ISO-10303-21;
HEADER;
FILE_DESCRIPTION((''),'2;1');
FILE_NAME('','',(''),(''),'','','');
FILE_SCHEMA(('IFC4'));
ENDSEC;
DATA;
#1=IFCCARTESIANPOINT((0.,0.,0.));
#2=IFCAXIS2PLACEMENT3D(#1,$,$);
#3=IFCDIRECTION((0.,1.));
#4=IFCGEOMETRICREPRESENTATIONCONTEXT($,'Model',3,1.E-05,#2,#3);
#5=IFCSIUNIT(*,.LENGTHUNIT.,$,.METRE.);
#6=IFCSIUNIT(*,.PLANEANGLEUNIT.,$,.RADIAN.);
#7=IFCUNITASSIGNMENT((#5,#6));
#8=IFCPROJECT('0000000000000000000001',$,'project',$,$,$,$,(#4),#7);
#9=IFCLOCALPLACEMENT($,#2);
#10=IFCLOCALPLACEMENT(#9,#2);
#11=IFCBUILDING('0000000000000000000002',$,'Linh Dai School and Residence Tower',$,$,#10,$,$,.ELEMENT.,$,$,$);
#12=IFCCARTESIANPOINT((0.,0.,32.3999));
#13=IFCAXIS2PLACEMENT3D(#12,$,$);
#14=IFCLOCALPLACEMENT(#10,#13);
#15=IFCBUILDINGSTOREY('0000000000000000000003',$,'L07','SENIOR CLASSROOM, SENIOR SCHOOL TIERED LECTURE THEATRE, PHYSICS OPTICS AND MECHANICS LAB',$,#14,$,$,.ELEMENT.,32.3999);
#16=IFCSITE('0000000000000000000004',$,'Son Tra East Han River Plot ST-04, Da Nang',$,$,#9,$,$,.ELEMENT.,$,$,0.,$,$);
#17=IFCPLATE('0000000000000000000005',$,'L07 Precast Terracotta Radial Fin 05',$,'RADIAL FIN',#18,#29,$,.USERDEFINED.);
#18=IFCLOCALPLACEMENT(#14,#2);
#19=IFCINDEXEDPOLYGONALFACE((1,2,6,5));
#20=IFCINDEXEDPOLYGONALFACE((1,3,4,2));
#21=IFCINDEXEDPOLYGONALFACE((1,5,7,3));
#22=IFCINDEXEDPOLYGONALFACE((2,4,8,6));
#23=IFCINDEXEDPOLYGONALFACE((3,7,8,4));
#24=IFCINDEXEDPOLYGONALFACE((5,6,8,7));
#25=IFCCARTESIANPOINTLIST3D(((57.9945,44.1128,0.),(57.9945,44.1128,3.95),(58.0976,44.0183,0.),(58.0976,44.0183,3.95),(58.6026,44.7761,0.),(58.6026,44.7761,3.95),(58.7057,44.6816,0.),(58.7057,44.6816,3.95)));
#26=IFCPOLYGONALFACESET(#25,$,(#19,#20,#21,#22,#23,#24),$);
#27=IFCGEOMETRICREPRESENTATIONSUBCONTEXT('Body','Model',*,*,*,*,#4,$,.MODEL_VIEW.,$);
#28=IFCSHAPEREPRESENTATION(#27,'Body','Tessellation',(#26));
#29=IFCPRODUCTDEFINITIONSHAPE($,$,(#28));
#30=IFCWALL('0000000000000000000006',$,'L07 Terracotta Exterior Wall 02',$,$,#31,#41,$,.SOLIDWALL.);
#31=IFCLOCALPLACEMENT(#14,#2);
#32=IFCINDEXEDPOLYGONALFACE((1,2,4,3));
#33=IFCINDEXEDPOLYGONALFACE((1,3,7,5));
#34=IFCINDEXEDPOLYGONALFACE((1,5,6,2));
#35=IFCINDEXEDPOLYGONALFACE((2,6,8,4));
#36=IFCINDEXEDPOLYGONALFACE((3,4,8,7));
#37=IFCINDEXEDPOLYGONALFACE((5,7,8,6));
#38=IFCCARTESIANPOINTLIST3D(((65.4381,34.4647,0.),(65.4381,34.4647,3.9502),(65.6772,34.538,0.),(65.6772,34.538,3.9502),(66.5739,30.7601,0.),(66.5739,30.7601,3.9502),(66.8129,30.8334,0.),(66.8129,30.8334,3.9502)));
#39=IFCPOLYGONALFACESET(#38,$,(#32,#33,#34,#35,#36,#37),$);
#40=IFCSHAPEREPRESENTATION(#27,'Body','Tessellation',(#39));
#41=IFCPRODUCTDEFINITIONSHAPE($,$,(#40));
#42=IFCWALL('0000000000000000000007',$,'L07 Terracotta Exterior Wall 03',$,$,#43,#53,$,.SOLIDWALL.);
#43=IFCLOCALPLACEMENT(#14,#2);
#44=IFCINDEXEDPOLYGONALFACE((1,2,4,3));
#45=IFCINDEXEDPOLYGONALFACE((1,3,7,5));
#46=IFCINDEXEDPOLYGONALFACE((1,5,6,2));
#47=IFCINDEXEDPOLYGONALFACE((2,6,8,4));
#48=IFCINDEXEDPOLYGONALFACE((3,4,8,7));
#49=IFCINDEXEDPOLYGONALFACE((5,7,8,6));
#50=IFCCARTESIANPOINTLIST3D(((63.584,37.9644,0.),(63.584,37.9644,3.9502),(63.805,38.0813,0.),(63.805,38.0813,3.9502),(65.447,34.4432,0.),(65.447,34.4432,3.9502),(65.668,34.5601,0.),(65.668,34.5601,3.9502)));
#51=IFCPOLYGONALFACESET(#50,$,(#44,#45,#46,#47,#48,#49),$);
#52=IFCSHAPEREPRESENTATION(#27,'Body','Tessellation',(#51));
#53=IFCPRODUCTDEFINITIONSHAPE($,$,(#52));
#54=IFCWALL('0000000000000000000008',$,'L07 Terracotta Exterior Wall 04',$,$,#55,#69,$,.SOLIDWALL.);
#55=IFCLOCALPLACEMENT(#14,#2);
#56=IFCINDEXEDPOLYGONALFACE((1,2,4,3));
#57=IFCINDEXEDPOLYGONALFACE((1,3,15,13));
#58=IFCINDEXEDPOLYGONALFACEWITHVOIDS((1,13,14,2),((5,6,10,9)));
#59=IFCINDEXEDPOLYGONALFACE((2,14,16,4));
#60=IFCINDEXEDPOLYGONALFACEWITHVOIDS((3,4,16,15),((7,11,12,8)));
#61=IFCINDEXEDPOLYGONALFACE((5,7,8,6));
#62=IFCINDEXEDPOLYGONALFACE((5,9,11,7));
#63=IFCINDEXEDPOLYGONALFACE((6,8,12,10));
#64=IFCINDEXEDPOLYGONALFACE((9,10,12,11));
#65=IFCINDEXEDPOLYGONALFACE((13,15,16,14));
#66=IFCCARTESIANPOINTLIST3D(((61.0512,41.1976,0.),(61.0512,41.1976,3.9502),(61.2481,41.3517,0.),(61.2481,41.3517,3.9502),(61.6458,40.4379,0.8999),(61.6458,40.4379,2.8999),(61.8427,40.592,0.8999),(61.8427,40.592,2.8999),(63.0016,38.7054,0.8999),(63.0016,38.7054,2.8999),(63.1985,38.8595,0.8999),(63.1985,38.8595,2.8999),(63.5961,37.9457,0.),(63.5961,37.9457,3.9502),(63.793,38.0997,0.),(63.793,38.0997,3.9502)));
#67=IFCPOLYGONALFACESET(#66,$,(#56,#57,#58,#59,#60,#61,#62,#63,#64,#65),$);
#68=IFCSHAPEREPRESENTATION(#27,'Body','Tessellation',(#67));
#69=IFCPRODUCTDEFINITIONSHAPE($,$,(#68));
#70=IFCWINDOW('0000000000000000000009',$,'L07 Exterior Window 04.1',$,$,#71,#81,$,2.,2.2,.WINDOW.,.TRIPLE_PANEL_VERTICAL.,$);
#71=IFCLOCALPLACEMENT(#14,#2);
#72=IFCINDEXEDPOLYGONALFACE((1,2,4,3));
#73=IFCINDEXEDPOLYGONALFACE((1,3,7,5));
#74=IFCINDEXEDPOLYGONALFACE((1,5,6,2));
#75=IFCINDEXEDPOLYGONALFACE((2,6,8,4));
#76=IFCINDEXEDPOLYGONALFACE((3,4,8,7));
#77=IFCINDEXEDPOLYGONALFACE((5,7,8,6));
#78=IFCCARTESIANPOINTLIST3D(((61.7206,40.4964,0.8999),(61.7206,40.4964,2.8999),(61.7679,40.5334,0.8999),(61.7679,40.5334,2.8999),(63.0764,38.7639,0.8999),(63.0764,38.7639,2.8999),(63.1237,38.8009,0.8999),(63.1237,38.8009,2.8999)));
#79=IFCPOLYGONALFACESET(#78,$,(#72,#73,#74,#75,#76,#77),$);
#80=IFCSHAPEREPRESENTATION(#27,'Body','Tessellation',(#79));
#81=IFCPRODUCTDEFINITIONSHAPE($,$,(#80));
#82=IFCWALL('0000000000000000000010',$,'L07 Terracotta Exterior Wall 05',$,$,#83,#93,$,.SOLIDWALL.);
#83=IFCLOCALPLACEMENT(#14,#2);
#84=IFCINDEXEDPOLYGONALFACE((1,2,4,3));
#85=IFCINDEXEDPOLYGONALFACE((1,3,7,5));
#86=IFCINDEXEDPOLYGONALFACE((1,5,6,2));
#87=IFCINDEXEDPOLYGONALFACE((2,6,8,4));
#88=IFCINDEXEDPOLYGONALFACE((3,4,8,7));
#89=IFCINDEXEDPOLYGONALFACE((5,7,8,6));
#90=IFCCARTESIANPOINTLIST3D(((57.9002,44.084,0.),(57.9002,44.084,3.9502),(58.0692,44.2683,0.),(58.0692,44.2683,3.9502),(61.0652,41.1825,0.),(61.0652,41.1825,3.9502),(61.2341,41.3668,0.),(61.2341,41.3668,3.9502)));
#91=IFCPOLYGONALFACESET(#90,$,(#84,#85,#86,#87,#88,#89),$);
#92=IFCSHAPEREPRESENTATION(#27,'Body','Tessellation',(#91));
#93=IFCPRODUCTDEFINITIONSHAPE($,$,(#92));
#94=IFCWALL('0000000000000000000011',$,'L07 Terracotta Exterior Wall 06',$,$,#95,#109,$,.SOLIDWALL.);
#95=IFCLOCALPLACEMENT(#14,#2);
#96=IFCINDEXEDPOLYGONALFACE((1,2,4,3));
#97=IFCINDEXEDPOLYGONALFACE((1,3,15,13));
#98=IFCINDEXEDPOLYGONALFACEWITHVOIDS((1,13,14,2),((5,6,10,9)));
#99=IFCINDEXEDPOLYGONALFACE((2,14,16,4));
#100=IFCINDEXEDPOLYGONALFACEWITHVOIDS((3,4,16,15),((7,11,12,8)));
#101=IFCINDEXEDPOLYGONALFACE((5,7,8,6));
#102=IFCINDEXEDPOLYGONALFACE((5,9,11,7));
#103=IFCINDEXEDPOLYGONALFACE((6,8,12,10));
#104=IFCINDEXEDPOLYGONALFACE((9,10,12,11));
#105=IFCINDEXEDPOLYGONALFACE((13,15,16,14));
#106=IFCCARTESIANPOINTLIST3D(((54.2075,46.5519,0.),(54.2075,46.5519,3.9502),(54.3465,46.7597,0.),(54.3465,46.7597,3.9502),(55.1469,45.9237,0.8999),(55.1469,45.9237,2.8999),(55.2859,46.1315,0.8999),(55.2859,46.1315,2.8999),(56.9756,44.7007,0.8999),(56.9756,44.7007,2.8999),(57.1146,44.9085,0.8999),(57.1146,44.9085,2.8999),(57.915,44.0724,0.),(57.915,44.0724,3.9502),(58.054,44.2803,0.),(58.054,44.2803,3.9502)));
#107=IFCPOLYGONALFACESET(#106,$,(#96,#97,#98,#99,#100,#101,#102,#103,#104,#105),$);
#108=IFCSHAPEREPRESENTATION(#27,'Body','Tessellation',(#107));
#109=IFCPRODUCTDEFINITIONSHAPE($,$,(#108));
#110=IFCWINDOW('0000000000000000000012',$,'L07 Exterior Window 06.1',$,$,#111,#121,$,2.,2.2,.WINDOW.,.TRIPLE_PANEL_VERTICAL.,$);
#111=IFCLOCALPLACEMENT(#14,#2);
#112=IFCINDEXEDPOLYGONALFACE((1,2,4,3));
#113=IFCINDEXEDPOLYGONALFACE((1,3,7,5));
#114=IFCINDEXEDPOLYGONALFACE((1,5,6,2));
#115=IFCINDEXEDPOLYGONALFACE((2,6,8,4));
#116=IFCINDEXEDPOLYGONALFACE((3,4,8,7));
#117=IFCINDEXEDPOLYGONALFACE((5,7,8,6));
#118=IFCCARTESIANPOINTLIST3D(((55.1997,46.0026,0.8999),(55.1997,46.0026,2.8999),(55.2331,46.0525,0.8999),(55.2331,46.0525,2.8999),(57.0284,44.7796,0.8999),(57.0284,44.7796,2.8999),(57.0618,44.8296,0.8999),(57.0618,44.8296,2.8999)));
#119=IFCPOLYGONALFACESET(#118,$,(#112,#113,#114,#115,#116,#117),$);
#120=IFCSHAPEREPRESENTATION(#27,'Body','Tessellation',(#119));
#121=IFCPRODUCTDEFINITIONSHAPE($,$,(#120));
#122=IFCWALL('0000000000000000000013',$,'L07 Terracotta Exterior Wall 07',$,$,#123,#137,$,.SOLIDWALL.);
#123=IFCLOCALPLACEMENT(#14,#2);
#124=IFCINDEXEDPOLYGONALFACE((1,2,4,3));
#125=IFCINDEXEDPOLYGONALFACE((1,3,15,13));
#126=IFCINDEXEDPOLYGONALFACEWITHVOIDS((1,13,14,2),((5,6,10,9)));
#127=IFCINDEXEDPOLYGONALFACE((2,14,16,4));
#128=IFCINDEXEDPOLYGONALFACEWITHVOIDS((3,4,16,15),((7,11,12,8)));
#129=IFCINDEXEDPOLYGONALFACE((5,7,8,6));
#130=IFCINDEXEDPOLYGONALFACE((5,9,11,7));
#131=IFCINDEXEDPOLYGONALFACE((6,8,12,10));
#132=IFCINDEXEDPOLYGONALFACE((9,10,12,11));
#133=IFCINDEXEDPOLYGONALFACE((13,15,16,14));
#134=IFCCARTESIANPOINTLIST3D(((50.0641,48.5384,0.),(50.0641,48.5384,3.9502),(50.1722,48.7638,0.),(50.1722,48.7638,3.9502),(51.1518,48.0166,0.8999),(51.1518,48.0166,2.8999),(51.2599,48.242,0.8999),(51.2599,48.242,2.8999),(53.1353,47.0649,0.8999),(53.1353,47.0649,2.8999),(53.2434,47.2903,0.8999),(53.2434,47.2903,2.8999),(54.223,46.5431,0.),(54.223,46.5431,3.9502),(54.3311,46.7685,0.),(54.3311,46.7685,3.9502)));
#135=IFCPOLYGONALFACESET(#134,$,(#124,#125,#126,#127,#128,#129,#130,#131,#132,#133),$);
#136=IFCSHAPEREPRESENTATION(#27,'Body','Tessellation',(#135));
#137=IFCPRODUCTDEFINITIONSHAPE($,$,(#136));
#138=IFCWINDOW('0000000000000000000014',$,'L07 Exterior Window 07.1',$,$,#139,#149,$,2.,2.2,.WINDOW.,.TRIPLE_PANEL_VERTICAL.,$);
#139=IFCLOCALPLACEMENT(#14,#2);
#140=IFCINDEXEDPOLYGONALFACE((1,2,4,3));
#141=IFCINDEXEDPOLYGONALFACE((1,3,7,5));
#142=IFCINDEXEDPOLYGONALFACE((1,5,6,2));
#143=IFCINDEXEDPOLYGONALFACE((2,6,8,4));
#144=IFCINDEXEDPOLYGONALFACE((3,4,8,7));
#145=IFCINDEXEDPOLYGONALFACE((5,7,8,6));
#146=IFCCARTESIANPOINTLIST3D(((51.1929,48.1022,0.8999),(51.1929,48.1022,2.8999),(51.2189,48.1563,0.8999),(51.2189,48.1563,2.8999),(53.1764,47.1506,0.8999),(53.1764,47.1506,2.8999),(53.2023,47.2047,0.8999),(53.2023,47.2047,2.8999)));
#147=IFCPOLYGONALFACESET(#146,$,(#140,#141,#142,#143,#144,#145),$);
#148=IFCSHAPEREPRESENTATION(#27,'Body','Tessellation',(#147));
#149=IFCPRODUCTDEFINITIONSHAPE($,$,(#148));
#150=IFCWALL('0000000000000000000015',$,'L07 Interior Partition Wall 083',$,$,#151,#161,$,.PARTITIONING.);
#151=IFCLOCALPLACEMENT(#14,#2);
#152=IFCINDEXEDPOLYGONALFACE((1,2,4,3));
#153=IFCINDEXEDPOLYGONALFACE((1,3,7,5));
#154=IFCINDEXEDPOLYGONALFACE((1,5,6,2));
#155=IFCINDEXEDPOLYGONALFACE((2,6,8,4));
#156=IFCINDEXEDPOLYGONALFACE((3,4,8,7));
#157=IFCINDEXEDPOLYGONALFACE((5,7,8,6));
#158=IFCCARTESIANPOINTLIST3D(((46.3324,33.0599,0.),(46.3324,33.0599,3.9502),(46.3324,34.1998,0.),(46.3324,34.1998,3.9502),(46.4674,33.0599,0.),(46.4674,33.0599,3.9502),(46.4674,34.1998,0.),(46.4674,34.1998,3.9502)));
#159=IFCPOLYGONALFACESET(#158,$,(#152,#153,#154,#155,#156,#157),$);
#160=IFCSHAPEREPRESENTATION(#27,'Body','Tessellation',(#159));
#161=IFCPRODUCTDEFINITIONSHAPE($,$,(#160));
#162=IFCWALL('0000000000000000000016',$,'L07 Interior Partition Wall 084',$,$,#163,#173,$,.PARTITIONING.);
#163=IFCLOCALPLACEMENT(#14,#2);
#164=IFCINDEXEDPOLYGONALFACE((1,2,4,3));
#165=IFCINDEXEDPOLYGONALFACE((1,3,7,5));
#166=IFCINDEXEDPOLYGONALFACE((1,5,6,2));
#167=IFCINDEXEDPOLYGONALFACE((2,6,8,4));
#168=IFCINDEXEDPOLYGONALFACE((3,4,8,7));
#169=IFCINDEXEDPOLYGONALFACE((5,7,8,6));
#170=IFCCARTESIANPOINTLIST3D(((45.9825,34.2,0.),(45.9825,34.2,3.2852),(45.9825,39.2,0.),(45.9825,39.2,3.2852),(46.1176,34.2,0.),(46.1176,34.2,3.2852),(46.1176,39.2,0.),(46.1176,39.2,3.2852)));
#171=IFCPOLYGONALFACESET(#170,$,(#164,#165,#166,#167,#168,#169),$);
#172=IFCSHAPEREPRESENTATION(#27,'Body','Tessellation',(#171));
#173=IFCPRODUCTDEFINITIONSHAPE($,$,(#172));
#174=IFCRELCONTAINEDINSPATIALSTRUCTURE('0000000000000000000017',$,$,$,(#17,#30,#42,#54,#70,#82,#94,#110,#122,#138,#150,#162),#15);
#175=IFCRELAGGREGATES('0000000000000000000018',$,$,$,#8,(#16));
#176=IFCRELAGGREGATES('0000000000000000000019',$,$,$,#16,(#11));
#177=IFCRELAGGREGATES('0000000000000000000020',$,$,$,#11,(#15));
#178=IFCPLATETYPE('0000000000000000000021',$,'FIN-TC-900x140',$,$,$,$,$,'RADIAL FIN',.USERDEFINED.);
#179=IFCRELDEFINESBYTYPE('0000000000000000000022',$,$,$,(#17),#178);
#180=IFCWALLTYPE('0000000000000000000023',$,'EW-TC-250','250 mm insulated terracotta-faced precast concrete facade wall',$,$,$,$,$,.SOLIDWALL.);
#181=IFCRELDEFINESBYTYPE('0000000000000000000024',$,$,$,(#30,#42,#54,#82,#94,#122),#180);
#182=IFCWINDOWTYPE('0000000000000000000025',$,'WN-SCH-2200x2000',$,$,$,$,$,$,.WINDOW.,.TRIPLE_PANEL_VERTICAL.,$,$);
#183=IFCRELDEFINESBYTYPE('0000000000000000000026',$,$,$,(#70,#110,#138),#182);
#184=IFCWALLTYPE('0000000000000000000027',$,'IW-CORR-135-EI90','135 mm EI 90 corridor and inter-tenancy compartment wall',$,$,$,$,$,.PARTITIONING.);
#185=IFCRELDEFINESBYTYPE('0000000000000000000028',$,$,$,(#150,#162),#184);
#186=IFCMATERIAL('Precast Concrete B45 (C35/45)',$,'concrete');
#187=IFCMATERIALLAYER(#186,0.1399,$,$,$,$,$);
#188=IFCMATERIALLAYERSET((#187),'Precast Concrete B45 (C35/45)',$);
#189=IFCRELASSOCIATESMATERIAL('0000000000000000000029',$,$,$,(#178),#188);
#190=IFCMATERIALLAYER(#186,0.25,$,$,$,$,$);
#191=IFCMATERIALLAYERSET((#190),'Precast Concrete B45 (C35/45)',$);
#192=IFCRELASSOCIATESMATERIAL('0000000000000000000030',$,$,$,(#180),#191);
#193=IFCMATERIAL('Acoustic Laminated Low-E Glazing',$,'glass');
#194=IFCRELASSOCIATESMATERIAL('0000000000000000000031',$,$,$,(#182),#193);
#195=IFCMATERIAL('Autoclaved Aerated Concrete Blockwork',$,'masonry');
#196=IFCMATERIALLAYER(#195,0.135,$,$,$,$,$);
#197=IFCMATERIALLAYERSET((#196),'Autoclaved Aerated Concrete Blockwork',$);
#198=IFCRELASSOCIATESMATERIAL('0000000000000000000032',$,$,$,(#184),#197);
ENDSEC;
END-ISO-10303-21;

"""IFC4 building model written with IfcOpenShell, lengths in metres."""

from ifc_helpers import new_model, si_unit, direction, frame, frame_2d, origin, origin_2d, place, context, subcontext, project, spatial, rectangle, extrude, source, transform, mapped, material, layer, layer_set, type_object, element, fill, save


model = new_model("IFC4")

# Units and contexts
model_context = context("Model", 3, precision=1e-05, world=origin(), true_north=direction((0.0, 1.0)))
body_context = subcontext(model_context, "Body", "Model", "MODEL_VIEW")
ifc_project = project(units=[si_unit("LENGTHUNIT", "METRE"), si_unit("PLANEANGLEUNIT", "RADIAN")], contexts=[model_context])

# Site, building, storey
site_placement = place(None, origin())
site = spatial("IfcSite", under=ifc_project, at=site_placement, Name="Son Tra East Han River Plot ST-04, Da Nang", CompositionType="ELEMENT", RefElevation=0.0)
building_placement = place(site_placement, origin())
building = spatial("IfcBuilding", under=site, at=building_placement, Name="Linh Dai School and Residence Tower", CompositionType="ELEMENT")
storey_placement = place(building_placement, frame((0.0, 0.0, 32.3999)))
storey = spatial("IfcBuildingStorey", under=building, at=storey_placement, Name="L07", Description="SENIOR CLASSROOM, SENIOR SCHOOL TIERED LECTURE THEATRE, PHYSICS OPTICS AND MECHANICS LAB", CompositionType="ELEMENT", Elevation=32.3999)

# Plate
ifc_material_1 = material(Name="Precast Concrete B45 (C35/45)", Category="concrete")
ifc_layer_1 = layer(ifc_material_1, 0.1399)
ifc_layer_set_1 = layer_set([ifc_layer_1], Name="Precast Concrete B45 (C35/45)")
plate_type_1 = type_object("IfcPlateType", Name="FIN-TC-900x140", ElementType="RADIAL FIN", PredefinedType="USERDEFINED", material=ifc_layer_set_1)
shared_shape_1 = source(origin(), body_context, "Body", "SweptSolid", [
    extrude(rectangle(XDim=0.8999, YDim=0.1399, at=origin_2d()), origin(), (0.0, 0.0, 1.0), 3.95),
])
plate_placement = place(storey_placement, frame((58.3501, 44.3972, 0.0), z_axis=(0.0, 0.0, 1.0), x_axis=(0.675769, 0.737113, 0.0)))
element("IfcPlate", 1, at=plate_placement, inside=storey, type_object=plate_type_1, Name="L07 Precast Terracotta Radial Fin 05", ObjectType="RADIAL FIN", PredefinedType="USERDEFINED", context=body_context, shape_type="MappedRepresentation", body=[
    mapped(shared_shape_1, transform((0.0, 0.0, 0.0), x_axis=(1.0, 0.0, 0.0), y_axis=(0.0, 1.0, 0.0), z_axis=(0.0, 0.0, 1.0), scale=1.0)),
])

# Walls
ifc_layer_2 = layer(ifc_material_1, 0.25)
ifc_layer_set_2 = layer_set([ifc_layer_2], Name="Precast Concrete B45 (C35/45)")
wall_type_1 = type_object("IfcWallType", Name="EW-TC-250", Description="250 mm insulated terracotta-faced precast concrete facade wall", PredefinedType="SOLIDWALL", material=ifc_layer_set_2)
wall_1_placement = place(storey_placement, frame((65.5576, 34.5015, 0.0), z_axis=(0.0, 0.0, 1.0), x_axis=(0.293112, -0.956078, 0.0)))
element("IfcWall", 2, at=wall_1_placement, inside=storey, type_object=wall_type_1, Name="L07 Terracotta Exterior Wall 02", PredefinedType="SOLIDWALL", context=body_context, shape_type="SweptSolid", body=[
    extrude(rectangle(XDim=3.8748, YDim=0.25, at=frame_2d((1.9375, 0.0))), origin(), (0.0, 0.0, 1.0), 3.9502),
])
wall_2_placement = place(storey_placement, frame((63.6946, 38.0227, 0.0), z_axis=(0.0, 0.0, 1.0), x_axis=(0.467662, -0.883907, 0.0)))
element("IfcWall", 3, at=wall_2_placement, inside=storey, type_object=wall_type_1, Name="L07 Terracotta Exterior Wall 03", PredefinedType="SOLIDWALL", context=body_context, shape_type="SweptSolid", body=[
    extrude(rectangle(XDim=3.9836, YDim=0.25, at=frame_2d((1.9917, 0.0))), origin(), (0.0, 0.0, 1.0), 3.9502),
])

# Wall, opening, window
wall_3_placement = place(storey_placement, frame((61.1497, 41.2747, 0.0), z_axis=(0.0, 0.0, 1.0), x_axis=(0.616296, -0.787515, 0.0)))
wall_3 = element("IfcWall", 4, at=wall_3_placement, inside=storey, type_object=wall_type_1, Name="L07 Terracotta Exterior Wall 04", PredefinedType="SOLIDWALL", context=body_context, shape_type="SweptSolid", body=[
    extrude(rectangle(XDim=4.1294, YDim=0.25, at=frame_2d((2.0647, 0.0))), origin(), (0.0, 0.0, 1.0), 3.9502),
])
opening_1_placement = place(wall_3_placement, frame((0.9646, 0.0, 0.8999)))
opening_1 = element("IfcOpeningElement", 5, at=opening_1_placement, cuts=wall_3, PredefinedType="OPENING", context=body_context, shape_type="SweptSolid", body=[
    extrude(rectangle(XDim=2.2, YDim=2.0, at=origin_2d()), frame((1.1001, 0.135, 1.0), z_axis=(0.0, -1.0, 0.0), x_axis=(1.0, 0.0, 0.0)), (0.0, 0.0, 1.0), 0.27),
])
ifc_material_2 = material(Name="Acoustic Laminated Low-E Glazing", Category="glass")
window_type = type_object("IfcWindowType", Name="WN-SCH-2200x2000", PartitioningType="TRIPLE_PANEL_VERTICAL", PredefinedType="WINDOW", material=ifc_material_2)
shared_shape_2 = source(origin(), body_context, "Body", "SweptSolid", [
    extrude(rectangle(XDim=2.2, YDim=2.0, at=origin_2d()), frame((1.1001, 0.03, 1.0), z_axis=(0.0, -1.0, 0.0), x_axis=(1.0, 0.0, 0.0)), (0.0, 0.0, 1.0), 0.0601),
])
window_1_placement = place(opening_1_placement, origin())
window_1 = element("IfcWindow", 6, at=window_1_placement, inside=storey, type_object=window_type, Name="L07 Exterior Window 04.1", OverallHeight=2.0, OverallWidth=2.2, PartitioningType="TRIPLE_PANEL_VERTICAL", PredefinedType="WINDOW", context=body_context, shape_type="MappedRepresentation", body=[
    mapped(shared_shape_2, transform((0.0, 0.0, 0.0), x_axis=(1.0, 0.0, 0.0), y_axis=(0.0, 1.0, 0.0), z_axis=(0.0, 0.0, 1.0), scale=1.0)),
])
fill(opening_1, window_1)

# Wall
wall_4_placement = place(storey_placement, frame((57.9846, 44.1763, 0.0), z_axis=(0.0, 0.0, 1.0), x_axis=(0.737116, -0.675766, 0.0)))
element("IfcWall", 7, at=wall_4_placement, inside=storey, type_object=wall_type_1, Name="L07 Terracotta Exterior Wall 05", PredefinedType="SOLIDWALL", context=body_context, shape_type="SweptSolid", body=[
    extrude(rectangle(XDim=4.2937, YDim=0.25, at=frame_2d((2.147, 0.0))), origin(), (0.0, 0.0, 1.0), 3.9502),
])

# Walls, openings, windows
wall_5_placement = place(storey_placement, frame((54.2771, 46.6558, 0.0), z_axis=(0.0, 0.0, 1.0), x_axis=(0.831241, -0.555912, 0.0)))
wall_5 = element("IfcWall", 8, at=wall_5_placement, inside=storey, type_object=wall_type_1, Name="L07 Terracotta Exterior Wall 06", PredefinedType="SOLIDWALL", context=body_context, shape_type="SweptSolid", body=[
    extrude(rectangle(XDim=4.4602, YDim=0.25, at=frame_2d((2.23, 0.0))), origin(), (0.0, 0.0, 1.0), 3.9502),
])
opening_2_placement = place(wall_5_placement, frame((1.1299, 0.0, 0.8999)))
opening_2 = element("IfcOpeningElement", 9, at=opening_2_placement, cuts=wall_5, PredefinedType="OPENING", context=body_context, shape_type="SweptSolid", body=[
    extrude(rectangle(XDim=2.2, YDim=2.0, at=origin_2d()), frame((1.1001, 0.135, 1.0), z_axis=(0.0, -1.0, 0.0), x_axis=(1.0, 0.0, 0.0)), (0.0, 0.0, 1.0), 0.27),
])
window_2_placement = place(opening_2_placement, origin())
window_2 = element("IfcWindow", 10, at=window_2_placement, inside=storey, type_object=window_type, Name="L07 Exterior Window 06.1", OverallHeight=2.0, OverallWidth=2.2, PartitioningType="TRIPLE_PANEL_VERTICAL", PredefinedType="WINDOW", context=body_context, shape_type="MappedRepresentation", body=[
    mapped(shared_shape_2, transform((0.0, 0.0, 0.0), x_axis=(1.0, 0.0, 0.0), y_axis=(0.0, 1.0, 0.0), z_axis=(0.0, 0.0, 1.0), scale=1.0)),
])
fill(opening_2, window_2)
wall_6_placement = place(storey_placement, frame((50.1182, 48.6511, 0.0), z_axis=(0.0, 0.0, 1.0), x_axis=(0.901602, -0.432568, 0.0)))
wall_6 = element("IfcWall", 11, at=wall_6_placement, inside=storey, type_object=wall_type_1, Name="L07 Terracotta Exterior Wall 07", PredefinedType="SOLIDWALL", context=body_context, shape_type="SweptSolid", body=[
    extrude(rectangle(XDim=4.6128, YDim=0.25, at=frame_2d((2.3064, 0.0))), origin(), (0.0, 0.0, 1.0), 3.9502),
])
opening_3_placement = place(wall_6_placement, frame((1.2063, 0.0, 0.8999)))
opening_3 = element("IfcOpeningElement", 12, at=opening_3_placement, cuts=wall_6, PredefinedType="OPENING", context=body_context, shape_type="SweptSolid", body=[
    extrude(rectangle(XDim=2.2, YDim=2.0, at=origin_2d()), frame((1.1001, 0.135, 1.0), z_axis=(0.0, -1.0, 0.0), x_axis=(1.0, 0.0, 0.0)), (0.0, 0.0, 1.0), 0.27),
])
window_3_placement = place(opening_3_placement, origin())
window_3 = element("IfcWindow", 13, at=window_3_placement, inside=storey, type_object=window_type, Name="L07 Exterior Window 07.1", OverallHeight=2.0, OverallWidth=2.2, PartitioningType="TRIPLE_PANEL_VERTICAL", PredefinedType="WINDOW", context=body_context, shape_type="MappedRepresentation", body=[
    mapped(shared_shape_2, transform((0.0, 0.0, 0.0), x_axis=(1.0, 0.0, 0.0), y_axis=(0.0, 1.0, 0.0), z_axis=(0.0, 0.0, 1.0), scale=1.0)),
])
fill(opening_3, window_3)

# Walls
ifc_material_3 = material(Name="Autoclaved Aerated Concrete Blockwork", Category="masonry")
ifc_layer_3 = layer(ifc_material_3, 0.135)
ifc_layer_set_3 = layer_set([ifc_layer_3], Name="Autoclaved Aerated Concrete Blockwork")
wall_type_2 = type_object("IfcWallType", Name="IW-CORR-135-EI90", Description="135 mm EI 90 corridor and inter-tenancy compartment wall", PredefinedType="PARTITIONING", material=ifc_layer_set_3)
wall_7_placement = place(storey_placement, frame((46.3999, 33.0601, 0.0), z_axis=(0.0, 0.0, 1.0), x_axis=(0.0, 1.0, 0.0)))
element("IfcWall", 14, at=wall_7_placement, inside=storey, type_object=wall_type_2, Name="L07 Interior Partition Wall 083", PredefinedType="PARTITIONING", context=body_context, shape_type="SweptSolid", body=[
    extrude(rectangle(XDim=1.1399, YDim=0.135, at=frame_2d((0.5698, 0.0))), origin(), (0.0, 0.0, 1.0), 3.9502),
])
wall_8_placement = place(storey_placement, frame((46.05, 34.2, 0.0), z_axis=(0.0, 0.0, 1.0), x_axis=(0.0, 1.0, 0.0)))
element("IfcWall", 15, at=wall_8_placement, inside=storey, type_object=wall_type_2, Name="L07 Interior Partition Wall 084", PredefinedType="PARTITIONING", context=body_context, shape_type="SweptSolid", body=[
    extrude(rectangle(XDim=5.0, YDim=0.135, at=frame_2d((2.5, 0.0))), origin(), (0.0, 0.0, 1.0), 3.2852),
])

save(model, "model.ifc")
